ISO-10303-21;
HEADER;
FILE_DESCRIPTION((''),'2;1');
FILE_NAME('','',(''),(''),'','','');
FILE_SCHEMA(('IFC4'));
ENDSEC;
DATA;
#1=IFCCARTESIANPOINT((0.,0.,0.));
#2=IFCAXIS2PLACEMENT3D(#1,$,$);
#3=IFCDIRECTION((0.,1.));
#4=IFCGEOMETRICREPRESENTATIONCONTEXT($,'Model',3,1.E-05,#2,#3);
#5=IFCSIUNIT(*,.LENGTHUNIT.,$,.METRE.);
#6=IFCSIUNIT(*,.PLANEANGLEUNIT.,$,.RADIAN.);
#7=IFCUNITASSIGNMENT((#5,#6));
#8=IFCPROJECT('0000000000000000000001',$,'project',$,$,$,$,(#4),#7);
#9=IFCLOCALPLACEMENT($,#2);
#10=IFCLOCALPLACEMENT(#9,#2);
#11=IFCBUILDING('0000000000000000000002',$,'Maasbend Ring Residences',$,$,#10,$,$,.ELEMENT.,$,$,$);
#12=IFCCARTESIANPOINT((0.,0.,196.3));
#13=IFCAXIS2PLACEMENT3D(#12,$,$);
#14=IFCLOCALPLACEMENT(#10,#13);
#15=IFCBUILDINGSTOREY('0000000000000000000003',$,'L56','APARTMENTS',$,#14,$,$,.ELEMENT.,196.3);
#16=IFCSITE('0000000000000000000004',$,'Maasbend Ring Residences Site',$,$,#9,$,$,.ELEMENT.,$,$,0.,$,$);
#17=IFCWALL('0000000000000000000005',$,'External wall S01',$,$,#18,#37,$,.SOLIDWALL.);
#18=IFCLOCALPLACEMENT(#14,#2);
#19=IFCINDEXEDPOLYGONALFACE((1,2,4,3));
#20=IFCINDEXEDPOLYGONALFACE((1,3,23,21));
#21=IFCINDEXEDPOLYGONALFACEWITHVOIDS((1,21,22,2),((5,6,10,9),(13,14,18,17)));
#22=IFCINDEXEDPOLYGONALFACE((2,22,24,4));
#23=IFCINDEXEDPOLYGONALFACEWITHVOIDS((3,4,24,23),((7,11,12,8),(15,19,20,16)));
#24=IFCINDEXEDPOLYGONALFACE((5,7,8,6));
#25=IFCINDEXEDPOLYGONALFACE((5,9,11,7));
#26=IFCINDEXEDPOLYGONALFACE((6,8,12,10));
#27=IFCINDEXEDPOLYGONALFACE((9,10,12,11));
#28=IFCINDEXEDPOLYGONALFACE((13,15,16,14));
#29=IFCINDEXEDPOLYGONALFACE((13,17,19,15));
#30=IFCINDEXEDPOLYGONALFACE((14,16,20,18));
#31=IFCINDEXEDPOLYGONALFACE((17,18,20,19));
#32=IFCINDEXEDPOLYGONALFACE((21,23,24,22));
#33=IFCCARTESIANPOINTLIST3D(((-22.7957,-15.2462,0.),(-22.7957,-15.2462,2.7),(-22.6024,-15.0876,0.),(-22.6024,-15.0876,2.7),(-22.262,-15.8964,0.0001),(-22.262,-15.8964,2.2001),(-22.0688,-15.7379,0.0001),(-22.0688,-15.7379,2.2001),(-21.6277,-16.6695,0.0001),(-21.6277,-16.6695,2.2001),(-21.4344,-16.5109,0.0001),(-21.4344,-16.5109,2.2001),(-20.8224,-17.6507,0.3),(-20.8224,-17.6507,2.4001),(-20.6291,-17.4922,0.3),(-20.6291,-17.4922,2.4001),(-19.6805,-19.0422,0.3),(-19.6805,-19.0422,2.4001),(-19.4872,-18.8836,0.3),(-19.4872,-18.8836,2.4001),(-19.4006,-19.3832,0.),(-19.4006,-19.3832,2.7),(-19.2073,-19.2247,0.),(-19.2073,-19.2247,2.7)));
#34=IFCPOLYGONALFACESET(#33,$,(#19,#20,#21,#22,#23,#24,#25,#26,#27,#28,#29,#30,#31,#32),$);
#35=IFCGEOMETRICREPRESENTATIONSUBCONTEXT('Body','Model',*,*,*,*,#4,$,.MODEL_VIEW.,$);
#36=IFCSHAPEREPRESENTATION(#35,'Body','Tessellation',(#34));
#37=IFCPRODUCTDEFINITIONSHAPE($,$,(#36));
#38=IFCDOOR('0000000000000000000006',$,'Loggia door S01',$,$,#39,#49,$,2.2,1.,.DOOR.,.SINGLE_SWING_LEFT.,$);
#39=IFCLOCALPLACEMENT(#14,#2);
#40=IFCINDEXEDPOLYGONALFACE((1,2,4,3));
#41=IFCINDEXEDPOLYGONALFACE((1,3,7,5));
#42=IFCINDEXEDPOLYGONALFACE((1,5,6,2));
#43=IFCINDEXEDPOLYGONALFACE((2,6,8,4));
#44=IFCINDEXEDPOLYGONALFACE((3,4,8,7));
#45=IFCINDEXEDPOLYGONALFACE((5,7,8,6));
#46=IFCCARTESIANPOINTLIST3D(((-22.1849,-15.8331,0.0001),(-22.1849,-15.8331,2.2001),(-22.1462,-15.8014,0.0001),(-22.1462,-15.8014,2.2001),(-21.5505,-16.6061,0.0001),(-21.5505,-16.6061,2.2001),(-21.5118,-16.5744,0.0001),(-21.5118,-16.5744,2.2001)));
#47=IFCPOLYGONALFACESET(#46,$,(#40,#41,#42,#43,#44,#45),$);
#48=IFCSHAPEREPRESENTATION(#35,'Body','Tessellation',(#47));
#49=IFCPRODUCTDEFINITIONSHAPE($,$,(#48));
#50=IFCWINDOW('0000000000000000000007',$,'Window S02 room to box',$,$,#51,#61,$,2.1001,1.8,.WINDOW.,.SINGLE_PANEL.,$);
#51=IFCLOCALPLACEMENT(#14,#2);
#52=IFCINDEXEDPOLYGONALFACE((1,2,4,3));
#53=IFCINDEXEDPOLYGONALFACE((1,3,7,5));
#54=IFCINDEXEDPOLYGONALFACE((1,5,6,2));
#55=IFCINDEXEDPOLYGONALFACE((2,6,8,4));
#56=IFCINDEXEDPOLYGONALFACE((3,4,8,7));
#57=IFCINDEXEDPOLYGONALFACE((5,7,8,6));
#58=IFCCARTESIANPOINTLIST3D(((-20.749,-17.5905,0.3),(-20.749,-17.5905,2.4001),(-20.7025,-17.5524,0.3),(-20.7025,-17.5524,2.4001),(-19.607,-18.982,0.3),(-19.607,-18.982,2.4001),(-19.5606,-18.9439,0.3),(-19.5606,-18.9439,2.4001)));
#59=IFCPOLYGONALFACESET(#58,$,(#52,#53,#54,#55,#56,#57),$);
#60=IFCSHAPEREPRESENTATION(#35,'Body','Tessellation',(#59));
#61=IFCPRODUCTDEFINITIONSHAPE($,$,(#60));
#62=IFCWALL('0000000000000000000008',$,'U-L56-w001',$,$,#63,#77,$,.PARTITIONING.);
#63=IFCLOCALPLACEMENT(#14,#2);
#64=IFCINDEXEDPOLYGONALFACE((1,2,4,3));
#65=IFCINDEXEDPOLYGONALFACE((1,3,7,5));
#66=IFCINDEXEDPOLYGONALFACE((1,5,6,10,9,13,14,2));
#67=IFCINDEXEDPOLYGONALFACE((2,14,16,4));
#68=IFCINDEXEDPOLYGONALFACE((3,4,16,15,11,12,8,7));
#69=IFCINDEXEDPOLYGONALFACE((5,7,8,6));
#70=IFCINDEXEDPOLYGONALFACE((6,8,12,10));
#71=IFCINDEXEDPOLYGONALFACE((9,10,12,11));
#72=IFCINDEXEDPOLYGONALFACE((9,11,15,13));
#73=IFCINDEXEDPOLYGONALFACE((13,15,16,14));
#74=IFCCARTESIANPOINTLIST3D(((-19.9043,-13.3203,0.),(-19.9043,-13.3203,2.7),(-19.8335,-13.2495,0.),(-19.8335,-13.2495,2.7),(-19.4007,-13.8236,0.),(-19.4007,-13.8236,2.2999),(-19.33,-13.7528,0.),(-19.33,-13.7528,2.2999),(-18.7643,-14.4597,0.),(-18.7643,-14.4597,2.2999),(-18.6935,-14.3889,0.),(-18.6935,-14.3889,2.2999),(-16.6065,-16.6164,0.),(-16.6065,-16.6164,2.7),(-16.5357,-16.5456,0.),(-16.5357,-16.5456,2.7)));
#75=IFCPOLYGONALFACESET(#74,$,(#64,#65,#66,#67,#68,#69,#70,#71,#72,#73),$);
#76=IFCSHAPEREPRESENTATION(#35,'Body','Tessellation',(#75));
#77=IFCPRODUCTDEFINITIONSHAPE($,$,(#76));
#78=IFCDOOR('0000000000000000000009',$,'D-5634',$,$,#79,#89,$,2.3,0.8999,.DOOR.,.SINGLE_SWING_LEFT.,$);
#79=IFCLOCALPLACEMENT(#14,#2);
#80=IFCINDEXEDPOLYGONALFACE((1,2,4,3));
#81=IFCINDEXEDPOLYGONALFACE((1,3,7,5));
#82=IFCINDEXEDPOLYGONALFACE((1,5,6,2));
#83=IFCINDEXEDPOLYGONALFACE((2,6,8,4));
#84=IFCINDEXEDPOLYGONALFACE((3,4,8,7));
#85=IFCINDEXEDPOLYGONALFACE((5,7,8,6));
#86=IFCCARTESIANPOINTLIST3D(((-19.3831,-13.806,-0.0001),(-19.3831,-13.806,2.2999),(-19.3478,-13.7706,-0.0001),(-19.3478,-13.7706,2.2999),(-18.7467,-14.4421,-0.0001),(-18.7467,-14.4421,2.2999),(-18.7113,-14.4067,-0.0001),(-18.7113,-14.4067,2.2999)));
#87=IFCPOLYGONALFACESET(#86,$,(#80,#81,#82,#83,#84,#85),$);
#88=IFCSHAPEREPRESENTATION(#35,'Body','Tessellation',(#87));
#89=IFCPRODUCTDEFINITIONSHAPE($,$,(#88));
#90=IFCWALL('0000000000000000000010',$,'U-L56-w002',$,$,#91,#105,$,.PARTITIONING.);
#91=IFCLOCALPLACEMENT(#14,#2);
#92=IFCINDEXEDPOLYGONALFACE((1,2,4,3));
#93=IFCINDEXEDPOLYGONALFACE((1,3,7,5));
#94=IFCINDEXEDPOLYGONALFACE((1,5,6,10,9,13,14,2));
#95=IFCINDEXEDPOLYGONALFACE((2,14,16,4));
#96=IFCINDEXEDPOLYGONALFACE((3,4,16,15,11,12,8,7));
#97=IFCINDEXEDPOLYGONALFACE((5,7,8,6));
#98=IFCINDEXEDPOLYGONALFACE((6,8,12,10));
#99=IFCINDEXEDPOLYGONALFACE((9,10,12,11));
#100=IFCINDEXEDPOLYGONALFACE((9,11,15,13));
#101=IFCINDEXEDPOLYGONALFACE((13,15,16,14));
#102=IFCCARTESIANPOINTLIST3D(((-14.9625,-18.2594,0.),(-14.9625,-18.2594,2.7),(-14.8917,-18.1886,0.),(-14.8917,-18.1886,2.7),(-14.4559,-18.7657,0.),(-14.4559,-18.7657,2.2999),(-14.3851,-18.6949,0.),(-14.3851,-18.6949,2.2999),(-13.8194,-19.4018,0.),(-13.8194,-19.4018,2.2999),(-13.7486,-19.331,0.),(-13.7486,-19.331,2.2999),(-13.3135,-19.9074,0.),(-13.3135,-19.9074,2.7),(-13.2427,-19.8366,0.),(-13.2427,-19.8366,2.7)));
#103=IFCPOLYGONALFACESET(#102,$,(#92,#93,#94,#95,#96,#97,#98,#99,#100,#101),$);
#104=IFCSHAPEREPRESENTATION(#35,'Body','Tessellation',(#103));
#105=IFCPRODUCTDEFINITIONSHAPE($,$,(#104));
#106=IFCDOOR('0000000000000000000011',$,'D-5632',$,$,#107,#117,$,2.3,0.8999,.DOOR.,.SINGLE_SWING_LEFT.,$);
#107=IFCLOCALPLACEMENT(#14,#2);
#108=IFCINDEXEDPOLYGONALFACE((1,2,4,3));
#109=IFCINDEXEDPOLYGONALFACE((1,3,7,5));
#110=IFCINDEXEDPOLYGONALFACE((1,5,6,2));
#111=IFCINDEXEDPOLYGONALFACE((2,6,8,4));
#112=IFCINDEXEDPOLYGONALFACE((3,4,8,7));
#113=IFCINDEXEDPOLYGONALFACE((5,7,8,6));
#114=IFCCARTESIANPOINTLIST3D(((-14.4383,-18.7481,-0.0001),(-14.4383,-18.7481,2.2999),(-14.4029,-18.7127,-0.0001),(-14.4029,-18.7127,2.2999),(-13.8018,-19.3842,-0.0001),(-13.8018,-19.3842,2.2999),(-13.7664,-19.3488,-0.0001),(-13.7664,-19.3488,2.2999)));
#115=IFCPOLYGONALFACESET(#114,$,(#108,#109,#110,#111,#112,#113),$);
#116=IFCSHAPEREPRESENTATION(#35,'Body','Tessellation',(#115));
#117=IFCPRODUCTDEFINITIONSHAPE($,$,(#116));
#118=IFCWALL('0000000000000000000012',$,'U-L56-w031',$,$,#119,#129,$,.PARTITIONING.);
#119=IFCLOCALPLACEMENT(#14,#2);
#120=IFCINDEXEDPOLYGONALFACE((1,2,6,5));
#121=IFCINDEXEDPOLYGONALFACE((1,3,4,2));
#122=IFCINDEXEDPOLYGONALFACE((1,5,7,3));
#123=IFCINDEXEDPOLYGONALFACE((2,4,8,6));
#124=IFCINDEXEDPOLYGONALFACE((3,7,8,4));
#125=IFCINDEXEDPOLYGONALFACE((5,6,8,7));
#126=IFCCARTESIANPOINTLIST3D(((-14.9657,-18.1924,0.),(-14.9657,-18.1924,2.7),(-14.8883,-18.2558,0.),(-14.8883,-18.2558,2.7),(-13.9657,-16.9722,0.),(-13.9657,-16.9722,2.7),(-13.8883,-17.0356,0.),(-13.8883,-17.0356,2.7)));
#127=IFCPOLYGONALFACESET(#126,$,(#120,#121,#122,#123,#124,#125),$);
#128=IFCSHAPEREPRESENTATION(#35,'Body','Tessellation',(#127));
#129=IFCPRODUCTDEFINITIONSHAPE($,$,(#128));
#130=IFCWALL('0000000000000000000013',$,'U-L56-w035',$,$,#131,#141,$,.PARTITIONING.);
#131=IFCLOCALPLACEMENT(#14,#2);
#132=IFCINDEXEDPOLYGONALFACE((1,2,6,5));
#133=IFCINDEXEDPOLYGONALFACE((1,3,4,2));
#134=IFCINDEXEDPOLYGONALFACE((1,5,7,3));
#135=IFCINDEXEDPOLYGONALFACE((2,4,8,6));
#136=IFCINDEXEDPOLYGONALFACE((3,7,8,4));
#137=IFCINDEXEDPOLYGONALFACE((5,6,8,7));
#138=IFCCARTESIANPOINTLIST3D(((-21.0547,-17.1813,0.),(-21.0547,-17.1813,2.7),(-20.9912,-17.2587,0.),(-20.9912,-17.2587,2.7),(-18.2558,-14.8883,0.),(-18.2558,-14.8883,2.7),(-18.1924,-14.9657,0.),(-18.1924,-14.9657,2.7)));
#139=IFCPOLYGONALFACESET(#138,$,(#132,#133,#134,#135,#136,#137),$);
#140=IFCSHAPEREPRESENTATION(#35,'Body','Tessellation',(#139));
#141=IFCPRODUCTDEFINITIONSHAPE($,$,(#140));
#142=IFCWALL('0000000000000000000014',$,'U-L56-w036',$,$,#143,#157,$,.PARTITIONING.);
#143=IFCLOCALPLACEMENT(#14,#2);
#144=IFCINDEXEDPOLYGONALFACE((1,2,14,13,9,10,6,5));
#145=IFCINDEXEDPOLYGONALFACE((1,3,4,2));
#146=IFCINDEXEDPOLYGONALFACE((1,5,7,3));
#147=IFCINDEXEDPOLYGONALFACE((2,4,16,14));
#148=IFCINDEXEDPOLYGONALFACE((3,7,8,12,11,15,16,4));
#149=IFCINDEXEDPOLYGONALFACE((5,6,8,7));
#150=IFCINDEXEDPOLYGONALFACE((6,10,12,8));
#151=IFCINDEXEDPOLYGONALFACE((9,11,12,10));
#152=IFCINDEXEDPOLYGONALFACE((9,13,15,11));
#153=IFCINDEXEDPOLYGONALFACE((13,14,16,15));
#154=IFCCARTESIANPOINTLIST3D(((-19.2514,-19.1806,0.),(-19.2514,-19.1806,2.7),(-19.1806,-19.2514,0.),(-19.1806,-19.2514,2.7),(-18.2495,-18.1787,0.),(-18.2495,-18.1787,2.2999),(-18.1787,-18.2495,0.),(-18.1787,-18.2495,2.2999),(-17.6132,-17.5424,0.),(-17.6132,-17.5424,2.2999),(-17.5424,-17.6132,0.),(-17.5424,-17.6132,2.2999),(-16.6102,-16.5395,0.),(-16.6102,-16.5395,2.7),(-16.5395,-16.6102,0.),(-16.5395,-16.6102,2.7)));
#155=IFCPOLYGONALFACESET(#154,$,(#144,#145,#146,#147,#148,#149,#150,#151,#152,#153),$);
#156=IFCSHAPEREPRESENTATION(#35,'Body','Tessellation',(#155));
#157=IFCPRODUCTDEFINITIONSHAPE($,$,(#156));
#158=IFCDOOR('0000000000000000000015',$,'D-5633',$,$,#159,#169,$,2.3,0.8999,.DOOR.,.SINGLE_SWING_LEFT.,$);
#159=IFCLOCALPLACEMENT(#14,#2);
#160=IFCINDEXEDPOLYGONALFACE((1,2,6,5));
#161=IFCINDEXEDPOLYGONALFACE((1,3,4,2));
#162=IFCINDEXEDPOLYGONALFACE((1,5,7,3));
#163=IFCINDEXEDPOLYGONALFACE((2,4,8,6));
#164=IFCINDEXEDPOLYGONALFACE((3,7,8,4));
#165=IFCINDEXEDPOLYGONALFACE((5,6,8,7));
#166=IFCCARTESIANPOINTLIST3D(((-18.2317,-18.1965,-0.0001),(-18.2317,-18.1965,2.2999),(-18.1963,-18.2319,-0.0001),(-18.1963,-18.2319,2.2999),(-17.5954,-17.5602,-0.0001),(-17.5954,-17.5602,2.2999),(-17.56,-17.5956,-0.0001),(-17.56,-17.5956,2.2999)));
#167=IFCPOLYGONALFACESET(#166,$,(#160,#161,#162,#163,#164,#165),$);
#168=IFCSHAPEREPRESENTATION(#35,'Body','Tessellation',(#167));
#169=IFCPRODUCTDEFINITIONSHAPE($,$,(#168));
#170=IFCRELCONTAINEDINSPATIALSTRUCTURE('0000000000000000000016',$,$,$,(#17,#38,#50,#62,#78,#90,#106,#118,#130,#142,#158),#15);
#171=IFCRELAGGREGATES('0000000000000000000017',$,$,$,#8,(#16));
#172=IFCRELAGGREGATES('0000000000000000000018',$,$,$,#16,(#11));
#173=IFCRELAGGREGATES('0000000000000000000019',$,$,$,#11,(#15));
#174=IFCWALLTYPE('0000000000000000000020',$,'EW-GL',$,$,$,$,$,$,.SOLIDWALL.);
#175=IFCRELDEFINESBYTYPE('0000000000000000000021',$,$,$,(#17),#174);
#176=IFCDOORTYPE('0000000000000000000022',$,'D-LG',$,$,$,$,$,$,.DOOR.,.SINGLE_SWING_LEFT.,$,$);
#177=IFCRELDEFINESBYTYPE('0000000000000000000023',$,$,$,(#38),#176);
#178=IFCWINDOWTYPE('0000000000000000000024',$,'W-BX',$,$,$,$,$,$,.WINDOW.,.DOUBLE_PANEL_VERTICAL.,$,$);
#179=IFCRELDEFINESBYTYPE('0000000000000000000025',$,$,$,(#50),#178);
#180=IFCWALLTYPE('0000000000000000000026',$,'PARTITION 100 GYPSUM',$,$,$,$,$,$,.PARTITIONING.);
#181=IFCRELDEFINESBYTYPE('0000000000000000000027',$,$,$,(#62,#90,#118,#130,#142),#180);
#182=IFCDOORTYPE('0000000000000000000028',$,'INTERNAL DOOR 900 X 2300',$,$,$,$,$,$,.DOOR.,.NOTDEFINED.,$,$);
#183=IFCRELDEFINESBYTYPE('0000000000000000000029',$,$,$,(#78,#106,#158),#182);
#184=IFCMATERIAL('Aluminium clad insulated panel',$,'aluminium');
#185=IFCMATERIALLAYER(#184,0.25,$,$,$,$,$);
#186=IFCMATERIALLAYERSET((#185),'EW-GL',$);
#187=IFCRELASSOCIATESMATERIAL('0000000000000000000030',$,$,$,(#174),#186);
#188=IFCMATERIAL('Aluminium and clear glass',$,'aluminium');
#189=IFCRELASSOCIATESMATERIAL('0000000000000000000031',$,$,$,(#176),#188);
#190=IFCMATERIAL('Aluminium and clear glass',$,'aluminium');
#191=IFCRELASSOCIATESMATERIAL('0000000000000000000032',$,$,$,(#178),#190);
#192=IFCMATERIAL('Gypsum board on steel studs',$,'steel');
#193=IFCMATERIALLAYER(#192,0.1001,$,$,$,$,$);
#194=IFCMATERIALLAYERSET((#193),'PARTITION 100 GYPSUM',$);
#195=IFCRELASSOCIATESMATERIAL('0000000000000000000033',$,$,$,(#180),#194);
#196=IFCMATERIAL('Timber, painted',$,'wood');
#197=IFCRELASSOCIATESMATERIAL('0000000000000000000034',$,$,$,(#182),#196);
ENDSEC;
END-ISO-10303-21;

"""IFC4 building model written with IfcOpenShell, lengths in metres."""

from ifc_helpers import new_model, si_unit, direction, frame, frame_2d, origin, place, context, subcontext, project, spatial, rectangle, extrude, material, layer, layer_set, type_object, element, fill, save


model = new_model("IFC4")

# Units and contexts
model_context = context("Model", 3, precision=1e-05, world=origin(), true_north=direction((0.0, 1.0)))
body_context = subcontext(model_context, "Body", "Model", "MODEL_VIEW")
ifc_project = project(units=[si_unit("LENGTHUNIT", "METRE"), si_unit("PLANEANGLEUNIT", "RADIAN")], contexts=[model_context])

# Site, building, storey
site_placement = place(None, origin())
site = spatial("IfcSite", under=ifc_project, at=site_placement, Name="Maasbend Ring Residences Site", CompositionType="ELEMENT", RefElevation=0.0)
building_placement = place(site_placement, origin())
building = spatial("IfcBuilding", under=site, at=building_placement, Name="Maasbend Ring Residences", CompositionType="ELEMENT")
storey_placement = place(building_placement, frame((0.0, 0.0, 196.3)))
storey = spatial("IfcBuildingStorey", under=building, at=storey_placement, Name="L56", Description="APARTMENTS", CompositionType="ELEMENT", Elevation=196.3)

# Wall, openings, door, window
ifc_material_1 = material(Name="Aluminium clad insulated panel", Category="aluminium")
ifc_layer_1 = layer(ifc_material_1, 0.25)
ifc_layer_set_1 = layer_set([ifc_layer_1], Name="EW-GL")
wall_type_1 = type_object("IfcWallType", Name="EW-GL", PredefinedType="SOLIDWALL", material=ifc_layer_set_1)
wall_1_placement = place(storey_placement, frame((-22.699, -15.167, 0.0), z_axis=(0.0, 0.0, 1.0), x_axis=(0.634382, -0.773019, 0.0)))
wall_1 = element("IfcWall", 1, at=wall_1_placement, inside=storey, type_object=wall_type_1, Name="External wall S01", PredefinedType="SOLIDWALL", context=body_context, shape_type="SweptSolid", body=[
    extrude(rectangle(XDim=5.3518, YDim=0.25, at=frame_2d((2.6758, 0.0))), origin(), (0.0, 0.0, 1.0), 2.7),
])
opening_1_placement = place(wall_1_placement, frame((0.8411, 0.0, 0.0)))
opening_1 = element("IfcOpeningElement", 2, at=opening_1_placement, cuts=wall_1, PredefinedType="OPENING", context=body_context, shape_type="SweptSolid", body=[
    extrude(rectangle(XDim=1.0, YDim=2.2, at=frame_2d((0.5, 1.1001))), frame((0.0, 0.135, 0.0), z_axis=(0.0, -1.0, 0.0), x_axis=(1.0, 0.0, 0.0)), (0.0, 0.0, 1.0), 0.27),
])
opening_2_placement = place(wall_1_placement, frame((3.1106, 0.0, 0.3)))
opening_2 = element("IfcOpeningElement", 3, at=opening_2_placement, cuts=wall_1, PredefinedType="OPENING", context=body_context, shape_type="SweptSolid", body=[
    extrude(rectangle(XDim=1.8, YDim=2.1001, at=frame_2d((0.8999, 1.05))), frame((0.0, 0.135, 0.0), z_axis=(0.0, -1.0, 0.0), x_axis=(1.0, 0.0, 0.0)), (0.0, 0.0, 1.0), 0.27),
])
ifc_material_2 = material(Name="Aluminium and clear glass", Category="aluminium")
door_type_1 = type_object("IfcDoorType", Name="D-LG", OperationType="SINGLE_SWING_LEFT", PredefinedType="DOOR", material=ifc_material_2)
door_1_placement = place(opening_1_placement, origin())
door_1 = element("IfcDoor", 4, at=door_1_placement, inside=storey, type_object=door_type_1, Name="Loggia door S01", OperationType="SINGLE_SWING_LEFT", OverallHeight=2.2, OverallWidth=1.0, PredefinedType="DOOR", context=body_context, shape_type="SweptSolid", body=[
    extrude(rectangle(XDim=1.0, YDim=2.2, at=frame_2d((0.5, 1.1001))), frame((0.0, 0.0249, 0.0), z_axis=(0.0, -1.0, 0.0), x_axis=(1.0, 0.0, 0.0)), (0.0, 0.0, 1.0), 0.05),
])
fill(opening_1, door_1)
ifc_material_3 = material(Name="Aluminium and clear glass", Category="aluminium")
window_type_1 = type_object("IfcWindowType", Name="W-BX", PartitioningType="DOUBLE_PANEL_VERTICAL", PredefinedType="WINDOW", material=ifc_material_3)
window_1_placement = place(opening_2_placement, origin())
window_1 = element("IfcWindow", 5, at=window_1_placement, inside=storey, type_object=window_type_1, Name="Window S02 room to box", OverallHeight=2.1001, OverallWidth=1.8, PartitioningType="SINGLE_PANEL", PredefinedType="WINDOW", context=body_context, shape_type="SweptSolid", body=[
    extrude(rectangle(XDim=1.8, YDim=2.1001, at=frame_2d((0.8999, 1.05))), frame((0.0, 0.03, 0.0), z_axis=(0.0, -1.0, 0.0), x_axis=(1.0, 0.0, 0.0)), (0.0, 0.0, 1.0), 0.0601),
])
fill(opening_2, window_1)

# Walls, openings, doors
ifc_material_4 = material(Name="Gypsum board on steel studs", Category="steel")
ifc_layer_2 = layer(ifc_material_4, 0.1001)
ifc_layer_set_2 = layer_set([ifc_layer_2], Name="PARTITION 100 GYPSUM")
wall_type_2 = type_object("IfcWallType", Name="PARTITION 100 GYPSUM", PredefinedType="PARTITIONING", material=ifc_layer_set_2)
wall_2_placement = place(storey_placement, frame((-19.8689, -13.2849, 0.0), z_axis=(0.0, 0.0, 1.0), x_axis=(0.70729, -0.706923, 0.0)))
wall_2 = element("IfcWall", 6, at=wall_2_placement, inside=storey, type_object=wall_type_2, Name="U-L56-w001", PredefinedType="PARTITIONING", context=body_context, shape_type="SweptSolid", body=[
    extrude(rectangle(XDim=4.6626, YDim=0.1001, at=frame_2d((2.3313, 0.0))), origin(), (0.0, 0.0, 1.0), 2.7),
])
opening_3_placement = place(wall_2_placement, frame((0.7119, 0.0, 0.0)))
opening_3 = element("IfcOpeningElement", 7, at=opening_3_placement, cuts=wall_2, PredefinedType="OPENING", context=body_context, shape_type="SweptSolid", body=[
    extrude(rectangle(XDim=0.8999, YDim=2.3, at=frame_2d((0.45, 1.1499))), frame((0.0, 0.0601, 0.0), z_axis=(0.0, -1.0, 0.0), x_axis=(1.0, 0.0, 0.0)), (0.0, 0.0, 1.0), 0.1201),
])
ifc_material_5 = material(Name="Timber, painted", Category="wood")
door_type_2 = type_object("IfcDoorType", Name="INTERNAL DOOR 900 X 2300", OperationType="NOTDEFINED", PredefinedType="DOOR", material=ifc_material_5)
door_2_placement = place(opening_3_placement, origin())
door_2 = element("IfcDoor", 8, at=door_2_placement, inside=storey, type_object=door_type_2, Name="D-5634", OperationType="SINGLE_SWING_LEFT", OverallHeight=2.3, OverallWidth=0.8999, PredefinedType="DOOR", context=body_context, shape_type="SweptSolid", body=[
    extrude(rectangle(XDim=0.8999, YDim=2.3, at=frame_2d((0.45, 1.1499))), frame((0.0, 0.0249, 0.0), z_axis=(0.0, -1.0, 0.0), x_axis=(1.0, 0.0, 0.0)), (0.0, 0.0, 1.0), 0.05),
])
fill(opening_3, door_2)
wall_3_placement = place(storey_placement, frame((-14.927, -18.2241, 0.0), z_axis=(0.0, 0.0, 1.0), x_axis=(0.707316, -0.706897, 0.0)))
wall_3 = element("IfcWall", 9, at=wall_3_placement, inside=storey, type_object=wall_type_2, Name="U-L56-w002", PredefinedType="PARTITIONING", context=body_context, shape_type="SweptSolid", body=[
    extrude(rectangle(XDim=2.3313, YDim=0.1001, at=frame_2d((1.1655, 0.0))), origin(), (0.0, 0.0, 1.0), 2.7),
])
opening_4_placement = place(wall_3_placement, frame((0.7161, 0.0, 0.0)))
opening_4 = element("IfcOpeningElement", 10, at=opening_4_placement, cuts=wall_3, PredefinedType="OPENING", context=body_context, shape_type="SweptSolid", body=[
    extrude(rectangle(XDim=0.8999, YDim=2.3, at=frame_2d((0.45, 1.1499))), frame((0.0, 0.0601, 0.0), z_axis=(0.0, -1.0, 0.0), x_axis=(1.0, 0.0, 0.0)), (0.0, 0.0, 1.0), 0.1201),
])
door_3_placement = place(opening_4_placement, origin())
door_3 = element("IfcDoor", 11, at=door_3_placement, inside=storey, type_object=door_type_2, Name="D-5632", OperationType="SINGLE_SWING_LEFT", OverallHeight=2.3, OverallWidth=0.8999, PredefinedType="DOOR", context=body_context, shape_type="SweptSolid", body=[
    extrude(rectangle(XDim=0.8999, YDim=2.3, at=frame_2d((0.45, 1.1499))), frame((0.0, 0.0249, 0.0), z_axis=(0.0, -1.0, 0.0), x_axis=(1.0, 0.0, 0.0)), (0.0, 0.0, 1.0), 0.05),
])
fill(opening_4, door_3)

# Walls
wall_4_placement = place(storey_placement, frame((-14.927, -18.2241, 0.0), z_axis=(0.0, 0.0, 1.0), x_axis=(0.633861, 0.773447, 0.0)))
element("IfcWall", 12, at=wall_4_placement, inside=storey, type_object=wall_type_2, Name="U-L56-w031", PredefinedType="PARTITIONING", context=body_context, shape_type="SweptSolid", body=[
    extrude(rectangle(XDim=1.5776, YDim=0.1001, at=frame_2d((0.7888, 0.0))), origin(), (0.0, 0.0, 1.0), 2.7),
])
wall_5_placement = place(storey_placement, frame((-21.0229, -17.22, 0.0), z_axis=(0.0, 0.0, 1.0), x_axis=(0.773548, 0.633737, 0.0)))
element("IfcWall", 13, at=wall_5_placement, inside=storey, type_object=wall_type_2, Name="U-L56-w035", PredefinedType="PARTITIONING", context=body_context, shape_type="SweptSolid", body=[
    extrude(rectangle(XDim=3.6182, YDim=0.1001, at=frame_2d((1.8091, 0.0))), origin(), (0.0, 0.0, 1.0), 2.7),
])

# Wall, opening, door
wall_6_placement = place(storey_placement, frame((-19.2161, -19.2161, 0.0), z_axis=(0.0, 0.0, 1.0), x_axis=(0.707107, 0.707107, 0.0)))
wall_6 = element("IfcWall", 14, at=wall_6_placement, inside=storey, type_object=wall_type_2, Name="U-L56-w036", PredefinedType="PARTITIONING", context=body_context, shape_type="SweptSolid", body=[
    extrude(rectangle(XDim=3.7351, YDim=0.1001, at=frame_2d((1.8677, 0.0))), origin(), (0.0, 0.0, 1.0), 2.7),
])
opening_5_placement = place(wall_6_placement, frame((1.417, 0.0, 0.0)))
opening_5 = element("IfcOpeningElement", 15, at=opening_5_placement, cuts=wall_6, PredefinedType="OPENING", context=body_context, shape_type="SweptSolid", body=[
    extrude(rectangle(XDim=0.8999, YDim=2.3, at=frame_2d((0.45, 1.1499))), frame((0.0, 0.0601, 0.0), z_axis=(0.0, -1.0, 0.0), x_axis=(1.0, 0.0, 0.0)), (0.0, 0.0, 1.0), 0.1201),
])
door_4_placement = place(opening_5_placement, origin())
door_4 = element("IfcDoor", 16, at=door_4_placement, inside=storey, type_object=door_type_2, Name="D-5633", OperationType="SINGLE_SWING_LEFT", OverallHeight=2.3, OverallWidth=0.8999, PredefinedType="DOOR", context=body_context, shape_type="SweptSolid", body=[
    extrude(rectangle(XDim=0.8999, YDim=2.3, at=frame_2d((0.45, 1.1499))), frame((0.0, 0.0249, 0.0), z_axis=(0.0, -1.0, 0.0), x_axis=(1.0, 0.0, 0.0)), (0.0, 0.0, 1.0), 0.05),
])
fill(opening_5, door_4)

save(model, "model.ifc")
